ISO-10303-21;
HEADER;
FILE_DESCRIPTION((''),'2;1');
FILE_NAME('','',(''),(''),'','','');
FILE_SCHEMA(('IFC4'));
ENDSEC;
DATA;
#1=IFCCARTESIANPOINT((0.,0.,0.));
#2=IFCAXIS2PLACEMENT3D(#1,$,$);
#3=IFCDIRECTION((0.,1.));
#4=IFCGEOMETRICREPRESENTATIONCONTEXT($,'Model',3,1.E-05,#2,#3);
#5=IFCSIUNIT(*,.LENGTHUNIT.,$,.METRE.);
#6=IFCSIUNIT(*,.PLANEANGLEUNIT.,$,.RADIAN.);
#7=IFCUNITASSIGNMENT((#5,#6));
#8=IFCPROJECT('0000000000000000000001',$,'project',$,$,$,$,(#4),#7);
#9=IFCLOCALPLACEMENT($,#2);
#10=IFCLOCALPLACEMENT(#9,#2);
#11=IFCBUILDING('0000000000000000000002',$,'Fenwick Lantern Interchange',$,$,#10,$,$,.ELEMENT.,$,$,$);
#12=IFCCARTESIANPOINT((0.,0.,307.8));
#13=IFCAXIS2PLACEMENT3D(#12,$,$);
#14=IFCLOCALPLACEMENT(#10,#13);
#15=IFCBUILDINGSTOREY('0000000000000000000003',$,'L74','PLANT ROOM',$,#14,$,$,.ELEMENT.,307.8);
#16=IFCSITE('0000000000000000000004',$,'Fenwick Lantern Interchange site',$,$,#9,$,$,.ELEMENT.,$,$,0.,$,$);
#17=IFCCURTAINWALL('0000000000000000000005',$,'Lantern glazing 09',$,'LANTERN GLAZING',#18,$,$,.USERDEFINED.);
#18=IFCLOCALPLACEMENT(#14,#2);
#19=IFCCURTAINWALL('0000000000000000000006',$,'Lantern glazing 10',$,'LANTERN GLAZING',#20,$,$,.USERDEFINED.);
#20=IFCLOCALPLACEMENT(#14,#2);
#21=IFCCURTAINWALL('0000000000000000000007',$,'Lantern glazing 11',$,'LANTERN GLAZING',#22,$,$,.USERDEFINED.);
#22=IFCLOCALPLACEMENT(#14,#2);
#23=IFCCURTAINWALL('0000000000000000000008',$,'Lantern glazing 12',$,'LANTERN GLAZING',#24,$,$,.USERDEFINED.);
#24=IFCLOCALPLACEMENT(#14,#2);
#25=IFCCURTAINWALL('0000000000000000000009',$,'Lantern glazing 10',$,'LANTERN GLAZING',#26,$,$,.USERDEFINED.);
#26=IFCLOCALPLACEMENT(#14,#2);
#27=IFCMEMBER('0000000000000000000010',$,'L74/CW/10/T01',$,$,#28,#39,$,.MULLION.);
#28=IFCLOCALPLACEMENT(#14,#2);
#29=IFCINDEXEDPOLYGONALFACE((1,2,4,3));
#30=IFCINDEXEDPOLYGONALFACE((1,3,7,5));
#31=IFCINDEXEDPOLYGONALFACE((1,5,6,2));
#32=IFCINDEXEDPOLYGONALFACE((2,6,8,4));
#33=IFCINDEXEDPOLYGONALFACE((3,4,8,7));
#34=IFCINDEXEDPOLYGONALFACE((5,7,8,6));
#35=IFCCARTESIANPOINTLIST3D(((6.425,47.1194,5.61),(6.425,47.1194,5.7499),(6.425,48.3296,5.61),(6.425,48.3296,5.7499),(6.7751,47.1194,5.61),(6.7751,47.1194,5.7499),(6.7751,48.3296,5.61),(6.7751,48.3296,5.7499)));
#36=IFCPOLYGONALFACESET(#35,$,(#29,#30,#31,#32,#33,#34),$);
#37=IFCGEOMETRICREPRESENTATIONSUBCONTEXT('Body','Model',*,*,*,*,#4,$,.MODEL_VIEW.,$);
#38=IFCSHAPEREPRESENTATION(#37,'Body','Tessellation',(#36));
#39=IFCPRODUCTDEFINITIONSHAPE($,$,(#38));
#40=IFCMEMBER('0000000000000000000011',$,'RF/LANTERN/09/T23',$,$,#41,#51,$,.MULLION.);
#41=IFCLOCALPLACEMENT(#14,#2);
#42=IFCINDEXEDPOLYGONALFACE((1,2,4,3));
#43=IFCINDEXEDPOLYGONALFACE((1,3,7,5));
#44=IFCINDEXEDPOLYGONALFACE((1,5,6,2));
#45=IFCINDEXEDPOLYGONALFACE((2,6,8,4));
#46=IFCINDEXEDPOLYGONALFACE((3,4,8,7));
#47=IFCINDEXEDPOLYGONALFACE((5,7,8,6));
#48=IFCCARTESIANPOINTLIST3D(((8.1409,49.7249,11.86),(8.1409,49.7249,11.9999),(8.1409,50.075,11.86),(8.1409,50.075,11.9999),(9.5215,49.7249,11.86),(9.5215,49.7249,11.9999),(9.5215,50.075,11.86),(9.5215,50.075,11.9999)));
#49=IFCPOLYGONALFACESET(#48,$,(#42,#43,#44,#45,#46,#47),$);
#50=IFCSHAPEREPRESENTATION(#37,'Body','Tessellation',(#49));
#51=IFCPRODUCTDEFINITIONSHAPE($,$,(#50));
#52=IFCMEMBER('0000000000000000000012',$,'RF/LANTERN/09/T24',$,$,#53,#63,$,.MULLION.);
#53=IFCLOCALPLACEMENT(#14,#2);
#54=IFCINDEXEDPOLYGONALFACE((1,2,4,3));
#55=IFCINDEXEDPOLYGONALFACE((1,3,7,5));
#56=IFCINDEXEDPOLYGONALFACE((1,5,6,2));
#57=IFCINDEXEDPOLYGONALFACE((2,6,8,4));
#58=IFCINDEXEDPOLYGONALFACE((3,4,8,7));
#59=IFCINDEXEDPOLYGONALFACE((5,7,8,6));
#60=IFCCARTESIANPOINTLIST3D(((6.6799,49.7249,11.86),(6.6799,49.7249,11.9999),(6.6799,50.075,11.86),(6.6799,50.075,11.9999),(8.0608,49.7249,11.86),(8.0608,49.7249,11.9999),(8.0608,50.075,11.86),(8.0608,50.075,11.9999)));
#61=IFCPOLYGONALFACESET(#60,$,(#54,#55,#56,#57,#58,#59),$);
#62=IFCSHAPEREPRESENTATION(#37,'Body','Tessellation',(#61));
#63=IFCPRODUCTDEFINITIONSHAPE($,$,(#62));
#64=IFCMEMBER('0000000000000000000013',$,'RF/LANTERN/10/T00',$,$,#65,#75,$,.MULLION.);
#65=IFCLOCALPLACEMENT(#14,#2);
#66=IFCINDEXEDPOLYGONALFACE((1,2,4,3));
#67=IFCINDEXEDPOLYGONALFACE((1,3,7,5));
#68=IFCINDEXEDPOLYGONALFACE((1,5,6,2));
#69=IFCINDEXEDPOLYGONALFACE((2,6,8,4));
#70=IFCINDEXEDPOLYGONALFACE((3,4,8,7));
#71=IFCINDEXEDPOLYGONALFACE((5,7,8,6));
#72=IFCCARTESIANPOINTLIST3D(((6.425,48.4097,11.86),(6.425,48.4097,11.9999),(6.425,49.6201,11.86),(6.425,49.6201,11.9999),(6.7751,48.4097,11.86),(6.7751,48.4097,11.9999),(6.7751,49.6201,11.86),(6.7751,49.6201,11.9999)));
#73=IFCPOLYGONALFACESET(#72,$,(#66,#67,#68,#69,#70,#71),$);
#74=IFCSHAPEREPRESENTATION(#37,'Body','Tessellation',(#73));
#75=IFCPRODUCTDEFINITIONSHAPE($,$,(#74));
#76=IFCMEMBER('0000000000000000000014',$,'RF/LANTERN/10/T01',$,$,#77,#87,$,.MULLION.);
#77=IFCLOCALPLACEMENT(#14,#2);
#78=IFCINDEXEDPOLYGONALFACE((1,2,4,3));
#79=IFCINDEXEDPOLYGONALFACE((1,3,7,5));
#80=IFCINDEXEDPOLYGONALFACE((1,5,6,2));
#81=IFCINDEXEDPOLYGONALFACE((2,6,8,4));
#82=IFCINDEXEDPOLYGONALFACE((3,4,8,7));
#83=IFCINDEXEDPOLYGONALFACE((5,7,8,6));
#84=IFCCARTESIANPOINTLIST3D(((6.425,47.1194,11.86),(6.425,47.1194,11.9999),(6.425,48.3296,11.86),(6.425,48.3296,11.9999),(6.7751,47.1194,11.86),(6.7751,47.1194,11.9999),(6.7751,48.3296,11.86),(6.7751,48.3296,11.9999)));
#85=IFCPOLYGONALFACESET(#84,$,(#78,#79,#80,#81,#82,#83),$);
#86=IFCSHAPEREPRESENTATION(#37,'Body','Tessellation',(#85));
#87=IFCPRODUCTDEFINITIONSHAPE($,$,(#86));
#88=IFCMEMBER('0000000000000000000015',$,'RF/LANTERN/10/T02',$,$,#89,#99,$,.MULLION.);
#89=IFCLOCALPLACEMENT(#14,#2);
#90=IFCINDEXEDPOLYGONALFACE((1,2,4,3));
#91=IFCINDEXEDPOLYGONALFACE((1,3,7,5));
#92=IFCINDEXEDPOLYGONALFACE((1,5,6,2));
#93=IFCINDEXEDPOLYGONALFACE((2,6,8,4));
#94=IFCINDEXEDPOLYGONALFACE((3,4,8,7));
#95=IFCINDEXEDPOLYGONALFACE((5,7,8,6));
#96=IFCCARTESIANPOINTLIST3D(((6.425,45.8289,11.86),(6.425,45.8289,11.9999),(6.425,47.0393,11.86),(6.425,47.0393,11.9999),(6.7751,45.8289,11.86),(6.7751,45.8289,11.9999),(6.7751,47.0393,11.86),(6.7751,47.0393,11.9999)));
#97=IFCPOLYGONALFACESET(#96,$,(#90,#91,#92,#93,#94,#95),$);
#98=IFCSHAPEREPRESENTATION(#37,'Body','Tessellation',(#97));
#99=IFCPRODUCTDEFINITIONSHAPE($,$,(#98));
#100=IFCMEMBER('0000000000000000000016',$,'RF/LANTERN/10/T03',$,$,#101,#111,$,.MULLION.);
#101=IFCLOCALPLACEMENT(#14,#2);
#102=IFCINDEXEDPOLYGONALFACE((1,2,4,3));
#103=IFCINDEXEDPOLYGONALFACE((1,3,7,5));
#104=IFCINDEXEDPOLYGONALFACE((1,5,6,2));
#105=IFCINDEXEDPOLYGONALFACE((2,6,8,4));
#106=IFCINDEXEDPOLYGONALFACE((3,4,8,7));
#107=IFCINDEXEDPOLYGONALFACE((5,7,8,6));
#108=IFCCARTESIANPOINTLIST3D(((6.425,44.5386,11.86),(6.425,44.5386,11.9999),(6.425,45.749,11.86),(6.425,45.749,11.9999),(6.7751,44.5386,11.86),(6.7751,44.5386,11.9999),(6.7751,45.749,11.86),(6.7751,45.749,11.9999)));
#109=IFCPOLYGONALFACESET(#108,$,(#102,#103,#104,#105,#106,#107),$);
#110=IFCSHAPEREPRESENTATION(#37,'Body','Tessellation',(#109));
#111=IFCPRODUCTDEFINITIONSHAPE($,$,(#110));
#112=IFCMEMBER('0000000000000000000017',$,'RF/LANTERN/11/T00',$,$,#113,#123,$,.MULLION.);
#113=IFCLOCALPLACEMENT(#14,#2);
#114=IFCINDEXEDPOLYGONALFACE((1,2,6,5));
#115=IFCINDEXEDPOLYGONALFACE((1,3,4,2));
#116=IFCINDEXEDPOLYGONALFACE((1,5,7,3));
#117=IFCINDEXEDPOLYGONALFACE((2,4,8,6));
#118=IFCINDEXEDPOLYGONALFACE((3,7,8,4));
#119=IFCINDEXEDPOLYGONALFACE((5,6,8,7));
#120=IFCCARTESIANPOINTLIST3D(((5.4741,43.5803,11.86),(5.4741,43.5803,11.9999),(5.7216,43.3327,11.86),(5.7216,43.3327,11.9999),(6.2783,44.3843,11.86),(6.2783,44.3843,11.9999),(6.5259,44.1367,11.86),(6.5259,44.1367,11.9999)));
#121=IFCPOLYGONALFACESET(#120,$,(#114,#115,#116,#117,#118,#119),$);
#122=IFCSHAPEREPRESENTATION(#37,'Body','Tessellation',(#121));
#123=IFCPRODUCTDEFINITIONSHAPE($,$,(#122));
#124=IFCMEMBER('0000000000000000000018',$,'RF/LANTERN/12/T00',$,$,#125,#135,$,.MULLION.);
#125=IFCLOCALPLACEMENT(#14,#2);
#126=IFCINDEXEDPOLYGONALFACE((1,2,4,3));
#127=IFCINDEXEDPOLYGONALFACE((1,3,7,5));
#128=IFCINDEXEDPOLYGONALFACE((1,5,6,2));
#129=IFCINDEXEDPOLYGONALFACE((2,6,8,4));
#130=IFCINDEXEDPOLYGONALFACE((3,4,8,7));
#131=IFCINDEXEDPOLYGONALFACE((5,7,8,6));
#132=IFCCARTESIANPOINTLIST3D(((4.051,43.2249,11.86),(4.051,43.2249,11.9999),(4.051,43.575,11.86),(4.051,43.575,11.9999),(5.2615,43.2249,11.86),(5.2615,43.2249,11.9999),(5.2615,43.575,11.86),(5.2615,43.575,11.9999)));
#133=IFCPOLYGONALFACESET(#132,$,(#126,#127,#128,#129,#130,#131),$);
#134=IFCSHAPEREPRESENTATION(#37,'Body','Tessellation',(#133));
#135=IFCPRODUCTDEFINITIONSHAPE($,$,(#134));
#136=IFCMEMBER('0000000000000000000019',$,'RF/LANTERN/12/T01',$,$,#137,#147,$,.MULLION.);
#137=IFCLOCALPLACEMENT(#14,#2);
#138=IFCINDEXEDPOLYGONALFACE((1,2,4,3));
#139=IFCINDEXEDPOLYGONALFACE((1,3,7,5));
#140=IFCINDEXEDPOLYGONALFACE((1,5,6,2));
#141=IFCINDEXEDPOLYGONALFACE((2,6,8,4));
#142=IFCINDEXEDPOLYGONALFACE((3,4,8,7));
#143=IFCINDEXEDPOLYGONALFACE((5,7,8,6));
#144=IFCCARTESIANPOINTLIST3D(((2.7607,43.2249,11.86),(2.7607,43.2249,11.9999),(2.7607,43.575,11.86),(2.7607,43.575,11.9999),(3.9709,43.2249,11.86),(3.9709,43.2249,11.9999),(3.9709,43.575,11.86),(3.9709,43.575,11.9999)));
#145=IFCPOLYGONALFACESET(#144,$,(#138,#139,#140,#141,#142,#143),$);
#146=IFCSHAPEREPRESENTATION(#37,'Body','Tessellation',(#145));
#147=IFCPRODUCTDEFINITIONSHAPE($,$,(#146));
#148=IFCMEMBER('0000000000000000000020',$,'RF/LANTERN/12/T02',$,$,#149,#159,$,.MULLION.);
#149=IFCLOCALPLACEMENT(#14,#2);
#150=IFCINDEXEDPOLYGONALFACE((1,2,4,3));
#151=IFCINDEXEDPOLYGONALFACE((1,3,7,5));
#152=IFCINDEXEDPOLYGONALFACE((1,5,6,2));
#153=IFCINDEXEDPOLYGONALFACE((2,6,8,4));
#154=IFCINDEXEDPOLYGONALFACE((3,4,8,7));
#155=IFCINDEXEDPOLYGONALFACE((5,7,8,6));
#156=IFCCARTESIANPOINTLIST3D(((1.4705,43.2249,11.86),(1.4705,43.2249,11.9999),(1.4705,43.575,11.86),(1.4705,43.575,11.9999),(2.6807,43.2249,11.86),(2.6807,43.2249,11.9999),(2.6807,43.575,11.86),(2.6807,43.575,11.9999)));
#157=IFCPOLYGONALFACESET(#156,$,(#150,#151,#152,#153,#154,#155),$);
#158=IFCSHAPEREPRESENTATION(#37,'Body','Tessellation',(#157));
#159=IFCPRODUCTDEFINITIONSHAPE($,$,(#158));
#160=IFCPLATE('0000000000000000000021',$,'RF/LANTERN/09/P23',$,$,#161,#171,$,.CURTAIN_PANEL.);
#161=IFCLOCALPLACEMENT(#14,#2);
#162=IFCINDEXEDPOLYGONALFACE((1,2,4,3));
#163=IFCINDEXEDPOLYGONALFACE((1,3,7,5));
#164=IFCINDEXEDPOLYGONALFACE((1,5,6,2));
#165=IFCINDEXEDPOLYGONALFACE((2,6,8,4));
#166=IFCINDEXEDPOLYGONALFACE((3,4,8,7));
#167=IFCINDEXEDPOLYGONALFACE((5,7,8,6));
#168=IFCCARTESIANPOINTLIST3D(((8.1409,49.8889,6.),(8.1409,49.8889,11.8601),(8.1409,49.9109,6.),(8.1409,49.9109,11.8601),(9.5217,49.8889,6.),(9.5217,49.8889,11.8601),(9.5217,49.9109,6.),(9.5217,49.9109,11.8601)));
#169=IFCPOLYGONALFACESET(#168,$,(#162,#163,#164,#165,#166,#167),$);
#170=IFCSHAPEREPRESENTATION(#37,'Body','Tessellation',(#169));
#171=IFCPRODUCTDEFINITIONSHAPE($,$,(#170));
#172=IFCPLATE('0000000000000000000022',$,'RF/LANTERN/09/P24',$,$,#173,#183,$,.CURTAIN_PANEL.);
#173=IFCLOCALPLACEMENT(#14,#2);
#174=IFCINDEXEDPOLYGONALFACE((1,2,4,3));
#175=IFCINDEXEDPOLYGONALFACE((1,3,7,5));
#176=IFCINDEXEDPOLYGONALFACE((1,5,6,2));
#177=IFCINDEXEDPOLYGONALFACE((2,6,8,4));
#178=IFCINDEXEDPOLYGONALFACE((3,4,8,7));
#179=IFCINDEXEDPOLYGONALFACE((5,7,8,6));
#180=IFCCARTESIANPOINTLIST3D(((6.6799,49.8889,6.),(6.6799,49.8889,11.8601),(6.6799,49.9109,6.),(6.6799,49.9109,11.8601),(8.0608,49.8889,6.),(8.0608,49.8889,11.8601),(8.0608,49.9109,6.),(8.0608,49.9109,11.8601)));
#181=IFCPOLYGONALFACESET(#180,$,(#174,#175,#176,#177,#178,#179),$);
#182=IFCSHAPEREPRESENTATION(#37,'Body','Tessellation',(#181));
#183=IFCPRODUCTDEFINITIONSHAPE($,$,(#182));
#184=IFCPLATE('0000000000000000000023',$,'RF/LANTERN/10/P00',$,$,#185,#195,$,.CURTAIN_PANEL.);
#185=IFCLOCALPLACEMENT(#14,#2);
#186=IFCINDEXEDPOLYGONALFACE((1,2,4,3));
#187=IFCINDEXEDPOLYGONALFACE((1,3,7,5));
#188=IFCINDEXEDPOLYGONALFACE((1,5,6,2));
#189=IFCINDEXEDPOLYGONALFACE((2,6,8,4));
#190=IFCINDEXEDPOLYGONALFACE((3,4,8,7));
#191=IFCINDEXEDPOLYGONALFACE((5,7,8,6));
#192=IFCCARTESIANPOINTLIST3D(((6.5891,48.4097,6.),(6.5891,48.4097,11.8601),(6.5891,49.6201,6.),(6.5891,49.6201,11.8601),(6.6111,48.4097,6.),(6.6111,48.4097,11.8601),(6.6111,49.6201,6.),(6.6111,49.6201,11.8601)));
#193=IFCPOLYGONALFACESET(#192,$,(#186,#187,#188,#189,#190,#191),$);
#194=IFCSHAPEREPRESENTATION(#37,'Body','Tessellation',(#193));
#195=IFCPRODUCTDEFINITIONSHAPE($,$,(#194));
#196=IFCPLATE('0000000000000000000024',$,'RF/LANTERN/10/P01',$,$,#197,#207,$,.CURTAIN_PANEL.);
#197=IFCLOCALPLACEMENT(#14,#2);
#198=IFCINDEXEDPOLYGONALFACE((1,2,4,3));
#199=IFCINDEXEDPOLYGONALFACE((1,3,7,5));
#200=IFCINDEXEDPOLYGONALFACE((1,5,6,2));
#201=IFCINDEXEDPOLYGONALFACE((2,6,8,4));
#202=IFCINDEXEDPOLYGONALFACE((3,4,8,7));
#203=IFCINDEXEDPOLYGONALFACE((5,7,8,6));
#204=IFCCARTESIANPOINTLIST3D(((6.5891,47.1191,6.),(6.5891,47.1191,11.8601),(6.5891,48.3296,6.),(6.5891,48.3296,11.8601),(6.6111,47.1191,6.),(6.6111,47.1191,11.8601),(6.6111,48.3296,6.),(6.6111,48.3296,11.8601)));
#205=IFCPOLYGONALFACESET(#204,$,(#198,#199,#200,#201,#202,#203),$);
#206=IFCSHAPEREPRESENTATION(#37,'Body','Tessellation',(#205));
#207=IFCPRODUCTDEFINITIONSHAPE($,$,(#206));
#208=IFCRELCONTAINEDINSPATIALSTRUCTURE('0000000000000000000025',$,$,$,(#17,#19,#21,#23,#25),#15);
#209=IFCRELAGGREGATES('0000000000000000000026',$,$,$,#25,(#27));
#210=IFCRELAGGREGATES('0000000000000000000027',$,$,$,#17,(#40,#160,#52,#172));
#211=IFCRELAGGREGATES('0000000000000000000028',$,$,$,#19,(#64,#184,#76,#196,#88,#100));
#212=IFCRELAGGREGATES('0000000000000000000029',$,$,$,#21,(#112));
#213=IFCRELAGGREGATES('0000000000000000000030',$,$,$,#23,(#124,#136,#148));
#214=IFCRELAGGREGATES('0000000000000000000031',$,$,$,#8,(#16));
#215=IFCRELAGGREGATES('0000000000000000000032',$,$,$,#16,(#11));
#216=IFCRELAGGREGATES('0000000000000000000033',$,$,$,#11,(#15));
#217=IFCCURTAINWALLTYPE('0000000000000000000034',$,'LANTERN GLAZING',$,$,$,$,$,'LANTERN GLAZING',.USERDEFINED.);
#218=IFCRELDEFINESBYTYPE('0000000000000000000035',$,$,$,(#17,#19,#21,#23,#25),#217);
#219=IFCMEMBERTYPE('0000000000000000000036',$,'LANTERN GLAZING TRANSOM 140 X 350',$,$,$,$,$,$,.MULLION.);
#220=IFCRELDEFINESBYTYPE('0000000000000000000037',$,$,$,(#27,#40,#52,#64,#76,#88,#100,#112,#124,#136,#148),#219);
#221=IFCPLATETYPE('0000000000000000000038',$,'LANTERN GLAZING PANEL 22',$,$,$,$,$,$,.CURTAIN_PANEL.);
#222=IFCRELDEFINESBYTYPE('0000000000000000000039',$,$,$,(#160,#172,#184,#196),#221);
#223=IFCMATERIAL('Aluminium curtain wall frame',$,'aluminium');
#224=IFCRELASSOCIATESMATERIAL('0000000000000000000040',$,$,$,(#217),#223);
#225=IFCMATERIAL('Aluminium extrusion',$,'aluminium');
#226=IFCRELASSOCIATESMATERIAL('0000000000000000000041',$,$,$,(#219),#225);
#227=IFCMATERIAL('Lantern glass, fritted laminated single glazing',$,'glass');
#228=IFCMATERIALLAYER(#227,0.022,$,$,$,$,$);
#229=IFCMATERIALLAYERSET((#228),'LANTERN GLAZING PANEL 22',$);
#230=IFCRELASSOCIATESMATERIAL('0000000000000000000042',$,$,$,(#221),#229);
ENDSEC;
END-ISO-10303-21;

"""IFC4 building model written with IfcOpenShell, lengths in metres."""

from ifc_helpers import new_model, si_unit, direction, frame, origin, origin_2d, place, context, subcontext, project, spatial, rectangle, extrude, material, layer, layer_set, material_profile, profile_set, type_object, element, aggregate, save


model = new_model("IFC4")

# Units and contexts
model_context = context("Model", 3, precision=1e-05, world=origin(), true_north=direction((0.0, 1.0)))
body_context = subcontext(model_context, "Body", "Model", "MODEL_VIEW")
ifc_project = project(units=[si_unit("LENGTHUNIT", "METRE"), si_unit("PLANEANGLEUNIT", "RADIAN")], contexts=[model_context])

# Site, building, storey
site_placement = place(None, origin())
site = spatial("IfcSite", under=ifc_project, at=site_placement, Name="Fenwick Lantern Interchange site", CompositionType="ELEMENT", RefElevation=0.0)
building_placement = place(site_placement, origin())
building = spatial("IfcBuilding", under=site, at=building_placement, Name="Fenwick Lantern Interchange", CompositionType="ELEMENT")
storey_placement = place(building_placement, frame((0.0, 0.0, 307.8)))
storey = spatial("IfcBuildingStorey", under=building, at=storey_placement, Name="L74", Description="PLANT ROOM", CompositionType="ELEMENT", Elevation=307.8)

# Curtain walls, member
ifc_material_1 = material(Name="Aluminium curtain wall frame", Category="aluminium")
curtain_wall_type = type_object("IfcCurtainWallType", Name="LANTERN GLAZING", ElementType="LANTERN GLAZING", PredefinedType="USERDEFINED", material=ifc_material_1)
curtain_wall_1_placement = place(storey_placement, origin())
curtain_wall_1 = element("IfcCurtainWall", 1, at=curtain_wall_1_placement, inside=storey, type_object=curtain_wall_type, Name="Lantern glazing 09", ObjectType="LANTERN GLAZING", PredefinedType="USERDEFINED")
ifc_material_2 = material(Name="Aluminium extrusion", Category="aluminium")
curtain_wall_2_placement = place(storey_placement, origin())
curtain_wall_2 = element("IfcCurtainWall", 2, at=curtain_wall_2_placement, inside=storey, type_object=curtain_wall_type, Name="Lantern glazing 10", ObjectType="LANTERN GLAZING", PredefinedType="USERDEFINED")
curtain_wall_3_placement = place(storey_placement, origin())
curtain_wall_3 = element("IfcCurtainWall", 3, at=curtain_wall_3_placement, inside=storey, type_object=curtain_wall_type, Name="Lantern glazing 11", ObjectType="LANTERN GLAZING", PredefinedType="USERDEFINED")
curtain_wall_4_placement = place(storey_placement, origin())
curtain_wall_4 = element("IfcCurtainWall", 4, at=curtain_wall_4_placement, inside=storey, type_object=curtain_wall_type, Name="Lantern glazing 12", ObjectType="LANTERN GLAZING", PredefinedType="USERDEFINED")
ifc_material_profile_1 = material_profile(ifc_material_2, rectangle(XDim=0.3501, YDim=0.1399, at=origin_2d()), Name="LANTERN GLAZING TRANSOM 140 X 350")
ifc_profile_set_1 = profile_set([ifc_material_profile_1], Name="Aluminium extrusion")
member_type_1 = type_object("IfcMemberType", Name="LANTERN GLAZING TRANSOM 140 X 350", PredefinedType="MULLION", material=ifc_profile_set_1)
curtain_wall_5_placement = place(storey_placement, origin())
curtain_wall_5 = element("IfcCurtainWall", 5, at=curtain_wall_5_placement, inside=storey, type_object=curtain_wall_type, Name="Lantern glazing 10", ObjectType="LANTERN GLAZING", PredefinedType="USERDEFINED")
member_1_placement = place(storey_placement, frame((6.6001, 48.3296, 5.6799), z_axis=(0.0, -1.0, 0.0), x_axis=(1.0, 0.0, 0.0)))
member_1 = element("IfcMember", 6, at=member_1_placement, type_object=member_type_1, Name="L74/CW/10/T01", PredefinedType="MULLION", context=body_context, shape_type="SweptSolid", body=[
    extrude(rectangle(XDim=0.3501, YDim=0.1399, at=origin_2d()), origin(), (0.0, 0.0, 1.0), 1.2102),
])
aggregate(curtain_wall_5, [member_1])

# Members
member_2_placement = place(storey_placement, frame((9.5215, 49.8999, 11.9299), z_axis=(-1.0, 0.0, 0.0), x_axis=(0.0, -1.0, 0.0)))
member_2 = element("IfcMember", 7, at=member_2_placement, type_object=member_type_1, Name="RF/LANTERN/09/T23", PredefinedType="MULLION", context=body_context, shape_type="SweptSolid", body=[
    extrude(rectangle(XDim=0.3501, YDim=0.1399, at=origin_2d()), origin(), (0.0, 0.0, 1.0), 1.3806),
])
member_3_placement = place(storey_placement, frame((8.0608, 49.8999, 11.9299), z_axis=(-1.0, 0.0, 0.0), x_axis=(0.0, -1.0, 0.0)))
member_3 = element("IfcMember", 8, at=member_3_placement, type_object=member_type_1, Name="RF/LANTERN/09/T24", PredefinedType="MULLION", context=body_context, shape_type="SweptSolid", body=[
    extrude(rectangle(XDim=0.3501, YDim=0.1399, at=origin_2d()), origin(), (0.0, 0.0, 1.0), 1.3809),
])
member_4_placement = place(storey_placement, frame((6.6001, 49.6201, 11.9299), z_axis=(0.0, -1.0, 0.0), x_axis=(1.0, 0.0, 0.0)))
member_4 = element("IfcMember", 9, at=member_4_placement, type_object=member_type_1, Name="RF/LANTERN/10/T00", PredefinedType="MULLION", context=body_context, shape_type="SweptSolid", body=[
    extrude(rectangle(XDim=0.3501, YDim=0.1399, at=origin_2d()), origin(), (0.0, 0.0, 1.0), 1.2104),
])
member_5_placement = place(storey_placement, frame((6.6001, 48.3296, 11.9299), z_axis=(0.0, -1.0, 0.0), x_axis=(1.0, 0.0, 0.0)))
member_5 = element("IfcMember", 10, at=member_5_placement, type_object=member_type_1, Name="RF/LANTERN/10/T01", PredefinedType="MULLION", context=body_context, shape_type="SweptSolid", body=[
    extrude(rectangle(XDim=0.3501, YDim=0.1399, at=origin_2d()), origin(), (0.0, 0.0, 1.0), 1.2102),
])
member_6_placement = place(storey_placement, frame((6.6001, 47.0393, 11.9299), z_axis=(0.0, -1.0, 0.0), x_axis=(1.0, 0.0, 0.0)))
member_6 = element("IfcMember", 11, at=member_6_placement, type_object=member_type_1, Name="RF/LANTERN/10/T02", PredefinedType="MULLION", context=body_context, shape_type="SweptSolid", body=[
    extrude(rectangle(XDim=0.3501, YDim=0.1399, at=origin_2d()), origin(), (0.0, 0.0, 1.0), 1.2104),
])
member_7_placement = place(storey_placement, frame((6.6001, 45.749, 11.9299), z_axis=(0.0, -1.0, 0.0), x_axis=(1.0, 0.0, 0.0)))
member_7 = element("IfcMember", 12, at=member_7_placement, type_object=member_type_1, Name="RF/LANTERN/10/T03", PredefinedType="MULLION", context=body_context, shape_type="SweptSolid", body=[
    extrude(rectangle(XDim=0.3501, YDim=0.1399, at=origin_2d()), origin(), (0.0, 0.0, 1.0), 1.2104),
])
member_8_placement = place(storey_placement, frame((6.4021, 44.2605, 11.9299), z_axis=(-0.707214, -0.706999, 0.0), x_axis=(0.706999, -0.707214, 0.0)))
member_8 = element("IfcMember", 13, at=member_8_placement, type_object=member_type_1, Name="RF/LANTERN/11/T00", PredefinedType="MULLION", context=body_context, shape_type="SweptSolid", body=[
    extrude(rectangle(XDim=0.3501, YDim=0.1399, at=origin_2d()), origin(), (0.0, 0.0, 1.0), 1.1372),
])
member_9_placement = place(storey_placement, frame((5.2615, 43.3999, 11.9299), z_axis=(-1.0, 0.0, 0.0), x_axis=(0.0, -1.0, 0.0)))
member_9 = element("IfcMember", 14, at=member_9_placement, type_object=member_type_1, Name="RF/LANTERN/12/T00", PredefinedType="MULLION", context=body_context, shape_type="SweptSolid", body=[
    extrude(rectangle(XDim=0.3501, YDim=0.1399, at=origin_2d()), origin(), (0.0, 0.0, 1.0), 1.2104),
])
member_10_placement = place(storey_placement, frame((3.9709, 43.3999, 11.9299), z_axis=(-1.0, 0.0, 0.0), x_axis=(0.0, -1.0, 0.0)))
member_10 = element("IfcMember", 15, at=member_10_placement, type_object=member_type_1, Name="RF/LANTERN/12/T01", PredefinedType="MULLION", context=body_context, shape_type="SweptSolid", body=[
    extrude(rectangle(XDim=0.3501, YDim=0.1399, at=origin_2d()), origin(), (0.0, 0.0, 1.0), 1.2102),
])
member_11_placement = place(storey_placement, frame((2.6807, 43.3999, 11.9299), z_axis=(-1.0, 0.0, 0.0), x_axis=(0.0, -1.0, 0.0)))
member_11 = element("IfcMember", 16, at=member_11_placement, type_object=member_type_1, Name="RF/LANTERN/12/T02", PredefinedType="MULLION", context=body_context, shape_type="SweptSolid", body=[
    extrude(rectangle(XDim=0.3501, YDim=0.1399, at=origin_2d()), origin(), (0.0, 0.0, 1.0), 1.2102),
])

# Plates
ifc_material_3 = material(Name="Lantern glass, fritted laminated single glazing", Category="glass")
ifc_layer = layer(ifc_material_3, 0.022)
ifc_layer_set = layer_set([ifc_layer], Name="LANTERN GLAZING PANEL 22")
plate_type = type_object("IfcPlateType", Name="LANTERN GLAZING PANEL 22", PredefinedType="CURTAIN_PANEL", material=ifc_layer_set)
plate_1_placement = place(storey_placement, frame((8.8313, 49.8999, 6.0), z_axis=(0.0, 0.0, 1.0), x_axis=(-1.0, 0.0, 0.0)))
plate_1 = element("IfcPlate", 17, at=plate_1_placement, type_object=plate_type, Name="RF/LANTERN/09/P23", PredefinedType="CURTAIN_PANEL", context=body_context, shape_type="SweptSolid", body=[
    extrude(rectangle(XDim=1.3809, YDim=0.022, at=origin_2d()), origin(), (0.0, 0.0, 1.0), 5.8601),
])
plate_2_placement = place(storey_placement, frame((7.3704, 49.8999, 6.0), z_axis=(0.0, 0.0, 1.0), x_axis=(-1.0, 0.0, 0.0)))
plate_2 = element("IfcPlate", 18, at=plate_2_placement, type_object=plate_type, Name="RF/LANTERN/09/P24", PredefinedType="CURTAIN_PANEL", context=body_context, shape_type="SweptSolid", body=[
    extrude(rectangle(XDim=1.3809, YDim=0.022, at=origin_2d()), origin(), (0.0, 0.0, 1.0), 5.8601),
])
aggregate(curtain_wall_1, [member_2, plate_1, member_3, plate_2])
plate_3_placement = place(storey_placement, frame((6.6001, 49.0149, 6.0), z_axis=(0.0, 0.0, 1.0), x_axis=(0.0, -1.0, 0.0)))
plate_3 = element("IfcPlate", 19, at=plate_3_placement, type_object=plate_type, Name="RF/LANTERN/10/P00", PredefinedType="CURTAIN_PANEL", context=body_context, shape_type="SweptSolid", body=[
    extrude(rectangle(XDim=1.2104, YDim=0.022, at=origin_2d()), origin(), (0.0, 0.0, 1.0), 5.8601),
])
plate_4_placement = place(storey_placement, frame((6.6001, 47.7244, 6.0), z_axis=(0.0, 0.0, 1.0), x_axis=(0.0, -1.0, 0.0)))
plate_4 = element("IfcPlate", 20, at=plate_4_placement, type_object=plate_type, Name="RF/LANTERN/10/P01", PredefinedType="CURTAIN_PANEL", context=body_context, shape_type="SweptSolid", body=[
    extrude(rectangle(XDim=1.2104, YDim=0.022, at=origin_2d()), origin(), (0.0, 0.0, 1.0), 5.8601),
])
aggregate(curtain_wall_2, [member_4, plate_3, member_5, plate_4, member_6, member_7])
aggregate(curtain_wall_3, [member_8])
aggregate(curtain_wall_4, [member_9, member_10, member_11])

save(model, "model.ifc")
